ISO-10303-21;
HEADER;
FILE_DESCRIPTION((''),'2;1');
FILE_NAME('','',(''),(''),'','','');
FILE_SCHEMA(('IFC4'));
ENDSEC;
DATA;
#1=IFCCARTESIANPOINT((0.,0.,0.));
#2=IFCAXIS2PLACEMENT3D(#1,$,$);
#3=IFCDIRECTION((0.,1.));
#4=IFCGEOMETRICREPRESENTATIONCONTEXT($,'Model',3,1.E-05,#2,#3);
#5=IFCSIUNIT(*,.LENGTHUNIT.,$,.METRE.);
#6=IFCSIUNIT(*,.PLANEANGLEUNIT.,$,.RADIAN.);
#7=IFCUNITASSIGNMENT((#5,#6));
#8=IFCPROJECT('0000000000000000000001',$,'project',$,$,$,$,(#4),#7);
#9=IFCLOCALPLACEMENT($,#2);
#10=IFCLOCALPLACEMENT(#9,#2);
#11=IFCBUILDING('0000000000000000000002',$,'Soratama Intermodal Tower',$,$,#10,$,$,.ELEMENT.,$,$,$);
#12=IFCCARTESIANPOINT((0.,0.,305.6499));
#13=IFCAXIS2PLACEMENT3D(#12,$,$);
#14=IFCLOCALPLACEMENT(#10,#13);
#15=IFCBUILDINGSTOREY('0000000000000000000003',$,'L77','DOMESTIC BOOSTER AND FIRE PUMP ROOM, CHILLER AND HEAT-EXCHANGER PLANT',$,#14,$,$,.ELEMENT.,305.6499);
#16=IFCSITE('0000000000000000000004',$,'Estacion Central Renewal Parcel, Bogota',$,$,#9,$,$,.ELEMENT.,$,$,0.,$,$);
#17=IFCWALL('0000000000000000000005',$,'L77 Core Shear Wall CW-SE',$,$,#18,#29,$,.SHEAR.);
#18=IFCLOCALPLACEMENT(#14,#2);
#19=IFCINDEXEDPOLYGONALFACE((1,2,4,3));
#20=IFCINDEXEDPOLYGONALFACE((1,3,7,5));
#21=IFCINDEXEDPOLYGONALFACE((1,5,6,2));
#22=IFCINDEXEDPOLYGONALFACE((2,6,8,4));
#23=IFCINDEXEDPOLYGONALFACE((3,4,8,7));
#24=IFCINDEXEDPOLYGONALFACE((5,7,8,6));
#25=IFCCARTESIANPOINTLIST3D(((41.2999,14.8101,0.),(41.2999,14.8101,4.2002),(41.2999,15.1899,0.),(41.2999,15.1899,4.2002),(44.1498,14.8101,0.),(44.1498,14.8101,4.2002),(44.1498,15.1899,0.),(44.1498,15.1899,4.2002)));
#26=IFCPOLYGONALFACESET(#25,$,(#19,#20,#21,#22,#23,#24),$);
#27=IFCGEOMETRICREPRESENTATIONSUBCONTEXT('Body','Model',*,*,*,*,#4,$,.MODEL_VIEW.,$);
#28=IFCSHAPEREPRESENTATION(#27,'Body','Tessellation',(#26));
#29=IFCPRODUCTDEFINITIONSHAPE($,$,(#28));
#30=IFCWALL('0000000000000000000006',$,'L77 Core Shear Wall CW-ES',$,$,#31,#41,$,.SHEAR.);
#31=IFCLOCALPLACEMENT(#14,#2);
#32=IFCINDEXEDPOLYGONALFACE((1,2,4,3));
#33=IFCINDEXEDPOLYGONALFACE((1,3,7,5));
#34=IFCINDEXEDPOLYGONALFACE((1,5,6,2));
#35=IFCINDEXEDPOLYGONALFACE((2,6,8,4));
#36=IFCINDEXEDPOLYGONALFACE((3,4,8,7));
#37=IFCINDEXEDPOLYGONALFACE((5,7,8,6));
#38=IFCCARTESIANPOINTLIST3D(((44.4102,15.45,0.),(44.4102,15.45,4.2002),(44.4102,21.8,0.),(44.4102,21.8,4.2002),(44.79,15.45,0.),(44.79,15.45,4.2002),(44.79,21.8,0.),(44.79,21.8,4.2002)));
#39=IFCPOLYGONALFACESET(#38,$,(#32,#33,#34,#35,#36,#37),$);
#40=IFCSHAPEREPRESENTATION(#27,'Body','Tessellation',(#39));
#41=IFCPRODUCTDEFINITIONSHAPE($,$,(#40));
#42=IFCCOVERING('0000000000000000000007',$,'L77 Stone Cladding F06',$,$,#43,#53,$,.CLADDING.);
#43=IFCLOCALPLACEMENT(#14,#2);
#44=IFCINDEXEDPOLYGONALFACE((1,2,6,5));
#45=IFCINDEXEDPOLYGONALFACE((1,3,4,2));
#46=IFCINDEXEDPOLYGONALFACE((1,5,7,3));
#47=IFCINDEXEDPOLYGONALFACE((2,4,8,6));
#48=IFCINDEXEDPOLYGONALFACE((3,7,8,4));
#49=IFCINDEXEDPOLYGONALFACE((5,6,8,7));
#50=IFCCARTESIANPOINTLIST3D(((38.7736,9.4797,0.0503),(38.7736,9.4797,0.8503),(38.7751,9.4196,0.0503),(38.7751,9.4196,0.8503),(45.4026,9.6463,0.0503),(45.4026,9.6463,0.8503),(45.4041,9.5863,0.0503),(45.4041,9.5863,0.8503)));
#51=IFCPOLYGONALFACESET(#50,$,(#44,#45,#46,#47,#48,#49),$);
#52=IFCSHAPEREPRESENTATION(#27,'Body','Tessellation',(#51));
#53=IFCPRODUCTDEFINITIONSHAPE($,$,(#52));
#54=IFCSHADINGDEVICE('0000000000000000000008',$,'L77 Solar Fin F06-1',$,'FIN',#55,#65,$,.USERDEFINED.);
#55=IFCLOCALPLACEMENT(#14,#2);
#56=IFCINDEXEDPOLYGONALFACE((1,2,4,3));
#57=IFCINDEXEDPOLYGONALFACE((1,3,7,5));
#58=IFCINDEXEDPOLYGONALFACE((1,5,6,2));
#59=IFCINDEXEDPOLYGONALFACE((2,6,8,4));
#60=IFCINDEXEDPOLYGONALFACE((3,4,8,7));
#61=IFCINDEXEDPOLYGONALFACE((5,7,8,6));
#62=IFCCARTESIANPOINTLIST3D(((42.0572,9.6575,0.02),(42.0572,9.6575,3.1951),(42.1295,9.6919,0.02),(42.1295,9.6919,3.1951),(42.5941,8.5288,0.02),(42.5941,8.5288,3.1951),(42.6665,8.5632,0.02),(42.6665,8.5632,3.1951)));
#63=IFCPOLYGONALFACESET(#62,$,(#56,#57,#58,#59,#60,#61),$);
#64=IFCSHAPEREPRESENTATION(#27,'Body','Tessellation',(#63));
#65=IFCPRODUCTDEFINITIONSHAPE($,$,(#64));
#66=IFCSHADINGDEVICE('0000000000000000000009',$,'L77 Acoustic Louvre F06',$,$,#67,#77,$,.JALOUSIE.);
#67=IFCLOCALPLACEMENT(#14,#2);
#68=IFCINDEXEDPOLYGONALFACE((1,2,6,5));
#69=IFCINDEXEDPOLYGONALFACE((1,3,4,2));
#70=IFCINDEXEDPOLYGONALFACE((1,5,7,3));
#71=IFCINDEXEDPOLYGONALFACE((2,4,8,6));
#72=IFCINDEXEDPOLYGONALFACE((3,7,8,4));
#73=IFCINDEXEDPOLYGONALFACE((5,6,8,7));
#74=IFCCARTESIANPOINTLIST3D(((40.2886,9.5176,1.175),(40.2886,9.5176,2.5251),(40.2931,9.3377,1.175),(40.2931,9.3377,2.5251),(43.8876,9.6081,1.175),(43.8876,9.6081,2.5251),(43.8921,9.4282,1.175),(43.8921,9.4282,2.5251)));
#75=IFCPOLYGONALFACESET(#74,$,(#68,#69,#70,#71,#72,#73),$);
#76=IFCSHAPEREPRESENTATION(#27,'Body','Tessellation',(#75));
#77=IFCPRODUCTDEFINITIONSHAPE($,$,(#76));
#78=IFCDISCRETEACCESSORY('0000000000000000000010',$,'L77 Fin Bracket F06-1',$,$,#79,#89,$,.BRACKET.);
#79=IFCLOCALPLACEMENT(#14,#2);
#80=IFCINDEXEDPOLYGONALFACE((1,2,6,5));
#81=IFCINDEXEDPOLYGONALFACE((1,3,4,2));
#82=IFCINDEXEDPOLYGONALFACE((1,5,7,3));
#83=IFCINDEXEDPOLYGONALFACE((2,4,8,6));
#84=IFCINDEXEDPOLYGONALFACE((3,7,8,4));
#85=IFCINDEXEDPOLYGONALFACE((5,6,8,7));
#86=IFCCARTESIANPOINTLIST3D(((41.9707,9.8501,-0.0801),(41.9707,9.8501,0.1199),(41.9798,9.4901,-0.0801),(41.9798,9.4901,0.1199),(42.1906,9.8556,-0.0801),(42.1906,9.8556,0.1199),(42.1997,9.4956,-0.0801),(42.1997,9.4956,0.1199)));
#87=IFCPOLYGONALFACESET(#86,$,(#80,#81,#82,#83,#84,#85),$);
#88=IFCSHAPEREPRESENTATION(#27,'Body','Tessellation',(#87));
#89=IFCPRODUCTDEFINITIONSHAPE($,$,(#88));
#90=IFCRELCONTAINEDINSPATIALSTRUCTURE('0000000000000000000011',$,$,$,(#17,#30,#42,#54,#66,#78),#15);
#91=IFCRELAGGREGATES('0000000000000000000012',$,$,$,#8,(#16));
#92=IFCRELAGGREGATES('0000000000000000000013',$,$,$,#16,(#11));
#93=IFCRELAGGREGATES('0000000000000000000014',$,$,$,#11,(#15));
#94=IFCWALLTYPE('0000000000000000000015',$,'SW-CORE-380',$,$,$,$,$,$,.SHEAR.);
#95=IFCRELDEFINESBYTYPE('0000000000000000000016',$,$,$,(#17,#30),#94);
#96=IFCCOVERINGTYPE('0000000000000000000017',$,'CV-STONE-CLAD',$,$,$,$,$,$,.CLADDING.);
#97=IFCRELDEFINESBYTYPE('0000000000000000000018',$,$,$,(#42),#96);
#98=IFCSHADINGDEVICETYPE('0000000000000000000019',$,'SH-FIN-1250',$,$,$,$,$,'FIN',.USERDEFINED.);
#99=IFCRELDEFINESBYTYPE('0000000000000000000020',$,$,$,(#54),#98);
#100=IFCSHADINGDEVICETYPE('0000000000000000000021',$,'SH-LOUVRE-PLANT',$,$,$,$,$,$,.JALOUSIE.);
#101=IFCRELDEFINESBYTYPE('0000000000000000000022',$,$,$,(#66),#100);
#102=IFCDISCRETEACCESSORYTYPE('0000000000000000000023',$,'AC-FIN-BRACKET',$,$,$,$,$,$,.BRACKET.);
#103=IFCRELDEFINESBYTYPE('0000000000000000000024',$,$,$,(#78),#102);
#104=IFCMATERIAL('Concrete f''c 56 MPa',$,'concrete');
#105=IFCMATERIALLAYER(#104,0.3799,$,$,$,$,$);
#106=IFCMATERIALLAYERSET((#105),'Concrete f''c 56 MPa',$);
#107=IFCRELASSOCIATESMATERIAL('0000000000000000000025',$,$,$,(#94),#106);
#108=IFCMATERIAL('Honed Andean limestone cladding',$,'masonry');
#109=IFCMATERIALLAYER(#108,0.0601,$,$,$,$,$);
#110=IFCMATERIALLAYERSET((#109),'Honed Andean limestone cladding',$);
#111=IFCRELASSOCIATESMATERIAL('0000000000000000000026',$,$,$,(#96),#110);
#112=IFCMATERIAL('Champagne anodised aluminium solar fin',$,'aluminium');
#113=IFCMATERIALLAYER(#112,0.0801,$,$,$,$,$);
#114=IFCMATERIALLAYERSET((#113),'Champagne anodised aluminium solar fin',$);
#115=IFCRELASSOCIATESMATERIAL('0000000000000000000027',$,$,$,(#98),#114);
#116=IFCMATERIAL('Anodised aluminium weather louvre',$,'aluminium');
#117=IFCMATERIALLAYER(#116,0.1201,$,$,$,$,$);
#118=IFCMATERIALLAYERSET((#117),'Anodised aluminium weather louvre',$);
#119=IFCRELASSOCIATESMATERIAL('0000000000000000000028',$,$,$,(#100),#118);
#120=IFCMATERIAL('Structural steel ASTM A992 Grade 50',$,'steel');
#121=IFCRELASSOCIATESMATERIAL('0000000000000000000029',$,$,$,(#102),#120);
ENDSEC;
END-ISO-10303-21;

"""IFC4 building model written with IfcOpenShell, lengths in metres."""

from ifc_helpers import new_model, si_unit, direction, frame, frame_2d, origin, origin_2d, place, context, subcontext, project, spatial, rectangle, extrude, material, layer, layer_set, type_object, element, save


model = new_model("IFC4")

# Units and contexts
model_context = context("Model", 3, precision=1e-05, world=origin(), true_north=direction((0.0, 1.0)))
body_context = subcontext(model_context, "Body", "Model", "MODEL_VIEW")
ifc_project = project(units=[si_unit("LENGTHUNIT", "METRE"), si_unit("PLANEANGLEUNIT", "RADIAN")], contexts=[model_context])

# Site, building, storey
site_placement = place(None, origin())
site = spatial("IfcSite", under=ifc_project, at=site_placement, Name="Estacion Central Renewal Parcel, Bogota", CompositionType="ELEMENT", RefElevation=0.0)
building_placement = place(site_placement, origin())
building = spatial("IfcBuilding", under=site, at=building_placement, Name="Soratama Intermodal Tower", CompositionType="ELEMENT")
storey_placement = place(building_placement, frame((0.0, 0.0, 305.6499)))
storey = spatial("IfcBuildingStorey", under=building, at=storey_placement, Name="L77", Description="DOMESTIC BOOSTER AND FIRE PUMP ROOM, CHILLER AND HEAT-EXCHANGER PLANT", CompositionType="ELEMENT", Elevation=305.6499)

# Walls
ifc_material_1 = material(Name="Concrete f'c 56 MPa", Category="concrete")
ifc_layer_1 = layer(ifc_material_1, 0.3799)
ifc_layer_set_1 = layer_set([ifc_layer_1], Name="Concrete f'c 56 MPa")
wall_type_1 = type_object("IfcWallType", Name="SW-CORE-380", PredefinedType="SHEAR", material=ifc_layer_set_1)
wall_1_placement = place(storey_placement, frame((41.3, 15.0, 0.0), z_axis=(0.0, 0.0, 1.0), x_axis=(1.0, 0.0, 0.0)))
element("IfcWall", 1, at=wall_1_placement, inside=storey, type_object=wall_type_1, Name="L77 Core Shear Wall CW-SE", PredefinedType="SHEAR", context=body_context, shape_type="SweptSolid", body=[
    extrude(rectangle(XDim=2.8499, YDim=0.3799, at=frame_2d((1.4248, 0.0))), origin(), (0.0, 0.0, 1.0), 4.2002),
])
wall_2_placement = place(storey_placement, frame((44.6001, 15.45, 0.0), z_axis=(0.0, 0.0, 1.0), x_axis=(0.0, 1.0, 0.0)))
element("IfcWall", 2, at=wall_2_placement, inside=storey, type_object=wall_type_1, Name="L77 Core Shear Wall CW-ES", PredefinedType="SHEAR", context=body_context, shape_type="SweptSolid", body=[
    extrude(rectangle(XDim=6.3501, YDim=0.3799, at=frame_2d((3.175, 0.0))), origin(), (0.0, 0.0, 1.0), 4.2002),
])

# Covering
ifc_material_2 = material(Name="Honed Andean limestone cladding", Category="masonry")
ifc_layer_2 = layer(ifc_material_2, 0.0601)
ifc_layer_set_2 = layer_set([ifc_layer_2], Name="Honed Andean limestone cladding")
covering_type = type_object("IfcCoveringType", Name="CV-STONE-CLAD", PredefinedType="CLADDING", material=ifc_layer_set_2)
covering_placement = place(storey_placement, frame((42.0889, 9.533, 0.0503), z_axis=(0.0, 0.0, 1.0), x_axis=(0.999684, 0.02513, 0.0)))
element("IfcCovering", 3, at=covering_placement, inside=storey, type_object=covering_type, Name="L77 Stone Cladding F06", PredefinedType="CLADDING", context=body_context, shape_type="SweptSolid", body=[
    extrude(rectangle(XDim=6.6311, YDim=0.0601, at=origin_2d()), origin(), (0.0, 0.0, 1.0), 0.8),
])

# Shading devices
ifc_material_3 = material(Name="Champagne anodised aluminium solar fin", Category="aluminium")
ifc_layer_3 = layer(ifc_material_3, 0.0801)
ifc_layer_set_3 = layer_set([ifc_layer_3], Name="Champagne anodised aluminium solar fin")
shading_device_type_1 = type_object("IfcShadingDeviceType", Name="SH-FIN-1250", ElementType="FIN", PredefinedType="USERDEFINED", material=ifc_layer_set_3)
shading_device_1_placement = place(storey_placement, frame((42.3618, 9.1104, 0.02), z_axis=(0.0, 0.0, 1.0), x_axis=(0.429566, -0.903036, 0.0)))
element("IfcShadingDevice", 4, at=shading_device_1_placement, inside=storey, type_object=shading_device_type_1, Name="L77 Solar Fin F06-1", ObjectType="FIN", PredefinedType="USERDEFINED", context=body_context, shape_type="SweptSolid", body=[
    extrude(rectangle(XDim=1.25, YDim=0.0801, at=origin_2d()), origin(), (0.0, 0.0, 1.0), 3.175),
])
ifc_material_4 = material(Name="Anodised aluminium weather louvre", Category="aluminium")
ifc_layer_4 = layer(ifc_material_4, 0.1201)
ifc_layer_set_4 = layer_set([ifc_layer_4], Name="Anodised aluminium weather louvre")
shading_device_type_2 = type_object("IfcShadingDeviceType", Name="SH-LOUVRE-PLANT", PredefinedType="JALOUSIE", material=ifc_layer_set_4)
shading_device_2_placement = place(storey_placement, frame((42.0903, 9.4729, 1.175), z_axis=(0.0, 0.0, 1.0), x_axis=(0.999684, 0.02513, 0.0)))
element("IfcShadingDevice", 5, at=shading_device_2_placement, inside=storey, type_object=shading_device_type_2, Name="L77 Acoustic Louvre F06", PredefinedType="JALOUSIE", context=body_context, shape_type="SweptSolid", body=[
    extrude(rectangle(XDim=3.6001, YDim=0.1799, at=origin_2d()), origin(), (0.0, 0.0, 1.0), 1.3501),
])

# Discrete accessory
ifc_material_5 = material(Name="Structural steel ASTM A992 Grade 50", Category="steel")
discrete_accessory_type = type_object("IfcDiscreteAccessoryType", Name="AC-FIN-BRACKET", PredefinedType="BRACKET", material=ifc_material_5)
discrete_accessory_placement = place(storey_placement, frame((42.0852, 9.6729, -0.0801), z_axis=(0.0, 0.0, 1.0), x_axis=(0.02513, -0.999684, 0.0)))
element("IfcDiscreteAccessory", 6, at=discrete_accessory_placement, inside=storey, type_object=discrete_accessory_type, Name="L77 Fin Bracket F06-1", PredefinedType="BRACKET", context=body_context, shape_type="SweptSolid", body=[
    extrude(rectangle(XDim=0.3601, YDim=0.22, at=origin_2d()), origin(), (0.0, 0.0, 1.0), 0.2),
])

save(model, "model.ifc")
